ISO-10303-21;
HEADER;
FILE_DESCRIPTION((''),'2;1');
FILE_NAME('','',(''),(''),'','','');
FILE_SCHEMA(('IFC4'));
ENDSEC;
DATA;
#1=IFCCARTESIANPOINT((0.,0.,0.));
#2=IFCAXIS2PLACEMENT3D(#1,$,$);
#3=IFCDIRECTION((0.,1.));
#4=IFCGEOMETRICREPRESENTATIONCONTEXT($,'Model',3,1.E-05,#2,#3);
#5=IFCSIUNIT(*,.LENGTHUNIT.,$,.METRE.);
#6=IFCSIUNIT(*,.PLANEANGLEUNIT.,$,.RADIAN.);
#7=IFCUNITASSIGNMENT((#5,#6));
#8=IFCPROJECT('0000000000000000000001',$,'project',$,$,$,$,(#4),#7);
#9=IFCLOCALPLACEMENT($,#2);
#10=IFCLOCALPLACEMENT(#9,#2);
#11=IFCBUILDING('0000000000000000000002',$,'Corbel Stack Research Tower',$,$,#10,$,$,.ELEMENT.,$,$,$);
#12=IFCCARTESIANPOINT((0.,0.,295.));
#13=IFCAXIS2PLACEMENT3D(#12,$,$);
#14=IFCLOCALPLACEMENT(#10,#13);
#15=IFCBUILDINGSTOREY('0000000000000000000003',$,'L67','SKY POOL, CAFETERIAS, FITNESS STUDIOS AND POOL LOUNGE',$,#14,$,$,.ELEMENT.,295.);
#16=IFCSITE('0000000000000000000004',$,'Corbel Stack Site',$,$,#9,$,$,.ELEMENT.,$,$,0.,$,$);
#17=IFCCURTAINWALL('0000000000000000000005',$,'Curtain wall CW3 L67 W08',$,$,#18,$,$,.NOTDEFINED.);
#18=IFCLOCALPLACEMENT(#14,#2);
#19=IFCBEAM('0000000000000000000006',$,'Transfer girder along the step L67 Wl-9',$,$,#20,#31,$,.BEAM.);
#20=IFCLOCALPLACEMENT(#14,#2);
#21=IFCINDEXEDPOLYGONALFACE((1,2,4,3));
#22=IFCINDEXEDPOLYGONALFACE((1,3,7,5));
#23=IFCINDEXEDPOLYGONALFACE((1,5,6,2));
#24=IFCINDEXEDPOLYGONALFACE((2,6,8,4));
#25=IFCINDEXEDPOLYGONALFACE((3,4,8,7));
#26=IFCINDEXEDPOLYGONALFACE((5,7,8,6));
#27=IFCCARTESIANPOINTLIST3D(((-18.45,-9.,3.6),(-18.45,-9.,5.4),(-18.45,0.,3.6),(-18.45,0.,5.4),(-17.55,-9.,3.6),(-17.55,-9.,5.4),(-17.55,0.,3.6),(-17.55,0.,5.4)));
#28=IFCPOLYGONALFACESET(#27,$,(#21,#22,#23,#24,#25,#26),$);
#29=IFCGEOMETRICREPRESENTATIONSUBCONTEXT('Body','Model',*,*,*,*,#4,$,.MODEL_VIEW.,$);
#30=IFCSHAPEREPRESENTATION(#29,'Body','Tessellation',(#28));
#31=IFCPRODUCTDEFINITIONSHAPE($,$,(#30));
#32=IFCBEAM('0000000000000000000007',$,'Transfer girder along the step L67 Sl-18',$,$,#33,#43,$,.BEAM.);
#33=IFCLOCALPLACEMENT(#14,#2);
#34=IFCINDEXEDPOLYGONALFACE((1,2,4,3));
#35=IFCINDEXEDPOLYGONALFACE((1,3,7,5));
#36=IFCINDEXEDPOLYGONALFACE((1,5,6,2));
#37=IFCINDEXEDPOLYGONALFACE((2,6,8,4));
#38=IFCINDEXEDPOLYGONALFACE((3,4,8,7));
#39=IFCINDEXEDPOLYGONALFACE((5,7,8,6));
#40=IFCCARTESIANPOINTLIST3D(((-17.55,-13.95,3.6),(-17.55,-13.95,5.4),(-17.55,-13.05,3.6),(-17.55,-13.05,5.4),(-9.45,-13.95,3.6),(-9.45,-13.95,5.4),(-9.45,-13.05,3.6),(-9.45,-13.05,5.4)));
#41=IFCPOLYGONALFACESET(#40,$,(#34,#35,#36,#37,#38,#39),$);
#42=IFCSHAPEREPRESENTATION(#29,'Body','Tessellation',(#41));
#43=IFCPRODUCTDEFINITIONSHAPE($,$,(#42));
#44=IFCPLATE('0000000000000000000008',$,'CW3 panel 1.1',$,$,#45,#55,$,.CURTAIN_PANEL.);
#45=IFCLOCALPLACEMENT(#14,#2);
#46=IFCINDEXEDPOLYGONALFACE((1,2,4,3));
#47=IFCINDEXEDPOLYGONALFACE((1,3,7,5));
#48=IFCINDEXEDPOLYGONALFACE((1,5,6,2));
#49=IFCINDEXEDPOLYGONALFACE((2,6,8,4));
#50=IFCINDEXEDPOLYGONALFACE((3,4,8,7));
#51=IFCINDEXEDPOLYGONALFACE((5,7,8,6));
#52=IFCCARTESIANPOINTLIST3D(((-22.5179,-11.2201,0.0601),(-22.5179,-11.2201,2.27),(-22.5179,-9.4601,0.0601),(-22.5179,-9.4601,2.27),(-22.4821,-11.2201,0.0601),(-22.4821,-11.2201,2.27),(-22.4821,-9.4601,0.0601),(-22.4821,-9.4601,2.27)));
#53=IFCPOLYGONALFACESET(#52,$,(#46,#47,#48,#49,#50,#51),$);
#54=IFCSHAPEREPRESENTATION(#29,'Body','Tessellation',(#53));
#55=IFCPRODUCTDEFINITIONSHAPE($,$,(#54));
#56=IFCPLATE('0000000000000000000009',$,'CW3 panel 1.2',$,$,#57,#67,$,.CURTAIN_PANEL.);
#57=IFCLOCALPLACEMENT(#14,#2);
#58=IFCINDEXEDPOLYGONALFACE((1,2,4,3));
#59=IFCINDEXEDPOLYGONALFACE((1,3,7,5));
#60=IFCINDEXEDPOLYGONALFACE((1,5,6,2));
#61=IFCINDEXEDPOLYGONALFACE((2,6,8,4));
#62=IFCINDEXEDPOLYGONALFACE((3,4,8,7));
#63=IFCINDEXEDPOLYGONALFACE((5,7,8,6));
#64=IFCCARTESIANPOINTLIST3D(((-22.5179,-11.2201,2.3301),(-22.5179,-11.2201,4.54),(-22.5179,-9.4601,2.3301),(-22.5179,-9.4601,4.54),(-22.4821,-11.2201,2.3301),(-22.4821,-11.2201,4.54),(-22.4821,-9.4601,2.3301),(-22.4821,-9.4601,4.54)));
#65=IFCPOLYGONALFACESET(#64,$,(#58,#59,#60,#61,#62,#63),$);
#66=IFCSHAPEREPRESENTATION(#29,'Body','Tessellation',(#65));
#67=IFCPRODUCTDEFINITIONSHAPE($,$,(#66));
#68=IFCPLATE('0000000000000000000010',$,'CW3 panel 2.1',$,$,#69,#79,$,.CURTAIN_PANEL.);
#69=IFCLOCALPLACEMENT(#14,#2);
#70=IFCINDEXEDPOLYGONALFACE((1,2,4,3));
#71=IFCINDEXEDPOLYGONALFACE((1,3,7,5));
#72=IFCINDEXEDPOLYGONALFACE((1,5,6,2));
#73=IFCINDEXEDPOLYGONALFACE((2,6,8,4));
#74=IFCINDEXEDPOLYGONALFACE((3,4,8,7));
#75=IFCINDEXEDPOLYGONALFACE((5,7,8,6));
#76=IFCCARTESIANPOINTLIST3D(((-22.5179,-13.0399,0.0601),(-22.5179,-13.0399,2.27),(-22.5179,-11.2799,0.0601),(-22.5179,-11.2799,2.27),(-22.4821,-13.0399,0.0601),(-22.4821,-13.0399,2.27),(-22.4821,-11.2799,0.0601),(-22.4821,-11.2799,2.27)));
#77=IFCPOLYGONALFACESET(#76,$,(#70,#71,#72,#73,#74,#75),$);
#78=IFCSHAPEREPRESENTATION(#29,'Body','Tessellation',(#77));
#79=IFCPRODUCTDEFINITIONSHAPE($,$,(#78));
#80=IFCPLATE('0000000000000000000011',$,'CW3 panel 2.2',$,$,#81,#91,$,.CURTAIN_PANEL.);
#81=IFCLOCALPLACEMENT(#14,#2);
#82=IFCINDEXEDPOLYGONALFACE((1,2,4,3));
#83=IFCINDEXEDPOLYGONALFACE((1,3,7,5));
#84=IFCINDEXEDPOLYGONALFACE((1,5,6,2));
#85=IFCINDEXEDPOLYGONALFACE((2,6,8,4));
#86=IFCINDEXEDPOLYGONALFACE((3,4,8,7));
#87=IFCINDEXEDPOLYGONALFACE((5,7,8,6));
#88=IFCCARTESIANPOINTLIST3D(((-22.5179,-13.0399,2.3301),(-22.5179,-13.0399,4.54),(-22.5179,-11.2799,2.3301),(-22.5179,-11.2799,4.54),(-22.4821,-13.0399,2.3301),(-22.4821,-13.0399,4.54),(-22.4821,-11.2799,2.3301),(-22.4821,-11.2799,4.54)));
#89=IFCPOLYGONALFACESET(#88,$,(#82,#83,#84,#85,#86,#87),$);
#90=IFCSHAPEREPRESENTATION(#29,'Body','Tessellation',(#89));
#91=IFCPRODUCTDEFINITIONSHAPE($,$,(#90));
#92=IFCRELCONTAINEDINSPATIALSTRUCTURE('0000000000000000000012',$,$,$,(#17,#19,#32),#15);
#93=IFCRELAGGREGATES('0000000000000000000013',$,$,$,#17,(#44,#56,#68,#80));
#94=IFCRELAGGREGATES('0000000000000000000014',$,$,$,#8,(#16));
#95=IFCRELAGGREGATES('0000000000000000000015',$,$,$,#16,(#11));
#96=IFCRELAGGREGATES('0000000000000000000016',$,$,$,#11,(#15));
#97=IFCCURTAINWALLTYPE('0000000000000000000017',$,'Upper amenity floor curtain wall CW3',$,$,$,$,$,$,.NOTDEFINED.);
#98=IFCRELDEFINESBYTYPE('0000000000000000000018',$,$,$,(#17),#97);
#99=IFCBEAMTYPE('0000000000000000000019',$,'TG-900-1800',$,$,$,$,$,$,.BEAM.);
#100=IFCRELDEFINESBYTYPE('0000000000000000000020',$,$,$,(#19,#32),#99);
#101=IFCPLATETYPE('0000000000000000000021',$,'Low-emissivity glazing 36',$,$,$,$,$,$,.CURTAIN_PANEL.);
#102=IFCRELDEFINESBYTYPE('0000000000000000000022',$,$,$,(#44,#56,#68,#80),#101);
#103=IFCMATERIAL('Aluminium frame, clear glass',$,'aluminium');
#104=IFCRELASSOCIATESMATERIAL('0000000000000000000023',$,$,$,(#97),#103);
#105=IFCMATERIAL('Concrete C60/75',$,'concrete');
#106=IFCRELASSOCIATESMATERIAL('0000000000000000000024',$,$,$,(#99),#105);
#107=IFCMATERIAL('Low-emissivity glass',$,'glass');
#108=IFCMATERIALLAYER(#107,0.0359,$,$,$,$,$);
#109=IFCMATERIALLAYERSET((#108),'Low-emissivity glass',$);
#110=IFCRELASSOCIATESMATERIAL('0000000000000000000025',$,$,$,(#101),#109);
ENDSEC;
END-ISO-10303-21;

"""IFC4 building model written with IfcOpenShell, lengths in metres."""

from ifc_helpers import new_model, si_unit, direction, frame, origin, origin_2d, place, context, subcontext, project, spatial, rectangle, extrude, material, layer, layer_set, material_profile, profile_set, type_object, element, aggregate, save


model = new_model("IFC4")

# Units and contexts
model_context = context("Model", 3, precision=1e-05, world=origin(), true_north=direction((0.0, 1.0)))
body_context = subcontext(model_context, "Body", "Model", "MODEL_VIEW")
ifc_project = project(units=[si_unit("LENGTHUNIT", "METRE"), si_unit("PLANEANGLEUNIT", "RADIAN")], contexts=[model_context])

# Site, building, storey
site_placement = place(None, origin())
site = spatial("IfcSite", under=ifc_project, at=site_placement, Name="Corbel Stack Site", CompositionType="ELEMENT", RefElevation=0.0)
building_placement = place(site_placement, origin())
building = spatial("IfcBuilding", under=site, at=building_placement, Name="Corbel Stack Research Tower", CompositionType="ELEMENT")
storey_placement = place(building_placement, frame((0.0, 0.0, 295.0)))
storey = spatial("IfcBuildingStorey", under=building, at=storey_placement, Name="L67", Description="SKY POOL, CAFETERIAS, FITNESS STUDIOS AND POOL LOUNGE", CompositionType="ELEMENT", Elevation=295.0)

# Curtain wall
ifc_material_1 = material(Name="Aluminium frame, clear glass", Category="aluminium")
curtain_wall_type = type_object("IfcCurtainWallType", Name="Upper amenity floor curtain wall CW3", PredefinedType="NOTDEFINED", material=ifc_material_1)
curtain_wall_placement = place(storey_placement, origin())
curtain_wall = element("IfcCurtainWall", 1, at=curtain_wall_placement, inside=storey, type_object=curtain_wall_type, Name="Curtain wall CW3 L67 W08", PredefinedType="NOTDEFINED")

# Beams
ifc_material_2 = material(Name="Concrete C60/75", Category="concrete")
ifc_material_profile_1 = material_profile(ifc_material_2, rectangle(XDim=0.8999, YDim=1.8, at=origin_2d()), Name="RC 900 x 1800")
ifc_profile_set_1 = profile_set([ifc_material_profile_1], Name="Concrete C60/75")
beam_type_1 = type_object("IfcBeamType", Name="TG-900-1800", PredefinedType="BEAM", material=ifc_profile_set_1)
beam_1_placement = place(storey_placement, frame((-18.0, -9.0, 4.5), z_axis=(0.0, 1.0, 0.0), x_axis=(-1.0, 0.0, 0.0)))
element("IfcBeam", 2, at=beam_1_placement, inside=storey, type_object=beam_type_1, Name="Transfer girder along the step L67 Wl-9", PredefinedType="BEAM", context=body_context, shape_type="SweptSolid", body=[
    extrude(rectangle(XDim=0.8999, YDim=1.8, at=origin_2d()), origin(), (0.0, 0.0, 1.0), 9.0),
])
beam_2_placement = place(storey_placement, frame((-17.55, -13.5, 4.5), z_axis=(1.0, 0.0, 0.0), x_axis=(0.0, 1.0, 0.0)))
element("IfcBeam", 3, at=beam_2_placement, inside=storey, type_object=beam_type_1, Name="Transfer girder along the step L67 Sl-18", PredefinedType="BEAM", context=body_context, shape_type="SweptSolid", body=[
    extrude(rectangle(XDim=0.8999, YDim=1.8, at=origin_2d()), origin(), (0.0, 0.0, 1.0), 8.1001),
])

# Plates
ifc_material_3 = material(Name="Low-emissivity glass", Category="glass")
ifc_layer = layer(ifc_material_3, 0.0359)
ifc_layer_set = layer_set([ifc_layer], Name="Low-emissivity glass")
plate_type = type_object("IfcPlateType", Name="Low-emissivity glazing 36", PredefinedType="CURTAIN_PANEL", material=ifc_layer_set)
plate_1_placement = place(storey_placement, frame((-22.5, -10.3401, 0.0601), z_axis=(0.0, 0.0, 1.0), x_axis=(0.0, -1.0, 0.0)))
plate_1 = element("IfcPlate", 4, at=plate_1_placement, type_object=plate_type, Name="CW3 panel 1.1", PredefinedType="CURTAIN_PANEL", context=body_context, shape_type="SweptSolid", body=[
    extrude(rectangle(XDim=1.76, YDim=0.0359, at=origin_2d()), origin(), (0.0, 0.0, 1.0), 2.21),
])
plate_2_placement = place(storey_placement, frame((-22.5, -10.3401, 2.3301), z_axis=(0.0, 0.0, 1.0), x_axis=(0.0, -1.0, 0.0)))
plate_2 = element("IfcPlate", 5, at=plate_2_placement, type_object=plate_type, Name="CW3 panel 1.2", PredefinedType="CURTAIN_PANEL", context=body_context, shape_type="SweptSolid", body=[
    extrude(rectangle(XDim=1.76, YDim=0.0359, at=origin_2d()), origin(), (0.0, 0.0, 1.0), 2.21),
])
plate_3_placement = place(storey_placement, frame((-22.5, -12.1599, 0.0601), z_axis=(0.0, 0.0, 1.0), x_axis=(0.0, -1.0, 0.0)))
plate_3 = element("IfcPlate", 6, at=plate_3_placement, type_object=plate_type, Name="CW3 panel 2.1", PredefinedType="CURTAIN_PANEL", context=body_context, shape_type="SweptSolid", body=[
    extrude(rectangle(XDim=1.76, YDim=0.0359, at=origin_2d()), origin(), (0.0, 0.0, 1.0), 2.21),
])
plate_4_placement = place(storey_placement, frame((-22.5, -12.1599, 2.3301), z_axis=(0.0, 0.0, 1.0), x_axis=(0.0, -1.0, 0.0)))
plate_4 = element("IfcPlate", 7, at=plate_4_placement, type_object=plate_type, Name="CW3 panel 2.2", PredefinedType="CURTAIN_PANEL", context=body_context, shape_type="SweptSolid", body=[
    extrude(rectangle(XDim=1.76, YDim=0.0359, at=origin_2d()), origin(), (0.0, 0.0, 1.0), 2.21),
])
aggregate(curtain_wall, [plate_1, plate_2, plate_3, plate_4])

save(model, "model.ifc")
